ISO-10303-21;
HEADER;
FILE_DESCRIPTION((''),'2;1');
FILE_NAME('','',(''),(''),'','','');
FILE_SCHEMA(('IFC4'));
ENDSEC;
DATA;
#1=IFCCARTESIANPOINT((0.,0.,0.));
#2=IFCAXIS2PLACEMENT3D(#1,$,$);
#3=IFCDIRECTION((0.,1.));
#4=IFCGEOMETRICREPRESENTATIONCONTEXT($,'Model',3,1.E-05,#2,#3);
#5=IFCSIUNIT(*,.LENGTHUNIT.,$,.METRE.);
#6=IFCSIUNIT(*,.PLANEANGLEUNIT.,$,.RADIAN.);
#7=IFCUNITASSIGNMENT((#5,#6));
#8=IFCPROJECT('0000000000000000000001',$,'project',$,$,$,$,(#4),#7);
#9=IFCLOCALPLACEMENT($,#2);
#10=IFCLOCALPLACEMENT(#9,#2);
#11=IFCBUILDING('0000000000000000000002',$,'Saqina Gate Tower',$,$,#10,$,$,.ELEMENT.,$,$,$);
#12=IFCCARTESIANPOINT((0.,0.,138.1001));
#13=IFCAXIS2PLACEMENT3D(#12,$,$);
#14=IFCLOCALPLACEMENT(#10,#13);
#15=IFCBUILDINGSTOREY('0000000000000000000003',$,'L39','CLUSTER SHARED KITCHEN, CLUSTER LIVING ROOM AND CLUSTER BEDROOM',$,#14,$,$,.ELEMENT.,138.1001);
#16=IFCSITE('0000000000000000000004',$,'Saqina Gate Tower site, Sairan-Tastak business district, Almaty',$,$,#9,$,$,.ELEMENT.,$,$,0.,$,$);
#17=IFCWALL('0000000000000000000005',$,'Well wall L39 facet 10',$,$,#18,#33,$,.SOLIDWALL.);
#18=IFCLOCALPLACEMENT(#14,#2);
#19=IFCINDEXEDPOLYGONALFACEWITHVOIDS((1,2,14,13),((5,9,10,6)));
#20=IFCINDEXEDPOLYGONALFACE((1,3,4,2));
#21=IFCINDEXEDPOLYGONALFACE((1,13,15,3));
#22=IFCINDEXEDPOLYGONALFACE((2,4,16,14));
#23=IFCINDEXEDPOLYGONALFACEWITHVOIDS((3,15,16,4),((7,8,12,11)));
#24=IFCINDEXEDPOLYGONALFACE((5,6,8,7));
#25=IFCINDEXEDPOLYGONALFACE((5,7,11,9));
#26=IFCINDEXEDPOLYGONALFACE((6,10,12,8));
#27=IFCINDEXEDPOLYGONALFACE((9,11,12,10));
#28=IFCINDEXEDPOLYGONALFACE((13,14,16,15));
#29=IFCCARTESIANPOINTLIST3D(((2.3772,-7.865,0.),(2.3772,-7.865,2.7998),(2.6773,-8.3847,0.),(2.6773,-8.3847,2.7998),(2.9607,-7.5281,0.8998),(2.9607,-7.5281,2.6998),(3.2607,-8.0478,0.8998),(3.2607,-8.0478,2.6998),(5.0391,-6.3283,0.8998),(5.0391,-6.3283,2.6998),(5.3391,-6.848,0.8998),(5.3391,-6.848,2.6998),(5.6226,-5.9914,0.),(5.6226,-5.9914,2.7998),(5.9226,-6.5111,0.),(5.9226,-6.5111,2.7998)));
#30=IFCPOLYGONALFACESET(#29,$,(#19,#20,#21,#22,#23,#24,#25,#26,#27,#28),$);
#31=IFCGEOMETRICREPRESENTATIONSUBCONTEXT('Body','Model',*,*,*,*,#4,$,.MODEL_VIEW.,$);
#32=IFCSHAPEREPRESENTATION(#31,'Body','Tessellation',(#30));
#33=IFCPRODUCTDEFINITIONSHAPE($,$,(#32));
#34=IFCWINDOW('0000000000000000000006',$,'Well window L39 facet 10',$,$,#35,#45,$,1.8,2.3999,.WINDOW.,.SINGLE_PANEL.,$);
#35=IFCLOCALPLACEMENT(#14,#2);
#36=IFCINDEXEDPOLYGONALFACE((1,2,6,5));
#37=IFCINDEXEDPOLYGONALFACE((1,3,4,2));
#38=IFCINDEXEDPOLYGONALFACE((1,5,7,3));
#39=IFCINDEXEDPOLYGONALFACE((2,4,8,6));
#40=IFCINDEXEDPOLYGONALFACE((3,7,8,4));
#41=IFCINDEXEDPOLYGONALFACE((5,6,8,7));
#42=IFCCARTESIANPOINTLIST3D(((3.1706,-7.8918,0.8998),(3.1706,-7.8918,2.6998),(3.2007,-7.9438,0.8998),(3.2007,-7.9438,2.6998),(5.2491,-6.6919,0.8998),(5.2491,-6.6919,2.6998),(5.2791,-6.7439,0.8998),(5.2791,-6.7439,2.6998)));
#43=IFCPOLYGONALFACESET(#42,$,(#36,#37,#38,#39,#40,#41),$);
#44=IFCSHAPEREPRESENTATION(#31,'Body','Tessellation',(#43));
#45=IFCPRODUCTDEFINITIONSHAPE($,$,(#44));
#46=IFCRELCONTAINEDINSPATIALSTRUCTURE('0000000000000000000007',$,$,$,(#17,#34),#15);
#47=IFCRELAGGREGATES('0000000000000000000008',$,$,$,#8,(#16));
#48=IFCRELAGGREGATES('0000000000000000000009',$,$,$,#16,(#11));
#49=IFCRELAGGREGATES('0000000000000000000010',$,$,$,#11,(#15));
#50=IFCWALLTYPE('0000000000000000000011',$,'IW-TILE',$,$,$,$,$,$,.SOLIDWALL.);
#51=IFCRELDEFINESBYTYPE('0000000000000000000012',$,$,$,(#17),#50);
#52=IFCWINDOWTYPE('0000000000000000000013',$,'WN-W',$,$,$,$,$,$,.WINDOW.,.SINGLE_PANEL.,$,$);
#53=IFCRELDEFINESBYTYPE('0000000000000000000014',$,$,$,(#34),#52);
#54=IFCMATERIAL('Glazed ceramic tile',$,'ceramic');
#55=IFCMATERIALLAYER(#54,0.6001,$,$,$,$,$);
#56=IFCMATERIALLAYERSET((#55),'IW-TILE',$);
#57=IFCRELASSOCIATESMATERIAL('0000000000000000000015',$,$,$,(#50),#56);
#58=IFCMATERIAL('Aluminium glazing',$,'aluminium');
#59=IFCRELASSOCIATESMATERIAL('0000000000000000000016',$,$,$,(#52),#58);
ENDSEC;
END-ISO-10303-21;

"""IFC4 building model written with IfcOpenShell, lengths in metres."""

from ifc_helpers import new_model, si_unit, direction, frame, frame_2d, origin, place, context, subcontext, project, spatial, rectangle, extrude, material, layer, layer_set, type_object, element, fill, save


model = new_model("IFC4")

# Units and contexts
model_context = context("Model", 3, precision=1e-05, world=origin(), true_north=direction((0.0, 1.0)))
body_context = subcontext(model_context, "Body", "Model", "MODEL_VIEW")
ifc_project = project(units=[si_unit("LENGTHUNIT", "METRE"), si_unit("PLANEANGLEUNIT", "RADIAN")], contexts=[model_context])

# Site, building, storey
site_placement = place(None, origin())
site = spatial("IfcSite", under=ifc_project, at=site_placement, Name="Saqina Gate Tower site, Sairan-Tastak business district, Almaty", CompositionType="ELEMENT", RefElevation=0.0)
building_placement = place(site_placement, origin())
building = spatial("IfcBuilding", under=site, at=building_placement, Name="Saqina Gate Tower", CompositionType="ELEMENT")
storey_placement = place(building_placement, frame((0.0, 0.0, 138.1001)))
storey = spatial("IfcBuildingStorey", under=building, at=storey_placement, Name="L39", Description="CLUSTER SHARED KITCHEN, CLUSTER LIVING ROOM AND CLUSTER BEDROOM", CompositionType="ELEMENT", Elevation=138.1001)

# Wall, opening, window
ifc_material_1 = material(Name="Glazed ceramic tile", Category="ceramic")
ifc_layer_1 = layer(ifc_material_1, 0.6001)
ifc_layer_set_1 = layer_set([ifc_layer_1], Name="IW-TILE")
wall_type_1 = type_object("IfcWallType", Name="IW-TILE", PredefinedType="SOLIDWALL", material=ifc_layer_set_1)
wall_1_placement = place(storey_placement, frame((2.5273, -8.1248, 0.0), z_axis=(0.0, 0.0, 1.0), x_axis=(0.866046, 0.499965, 0.0)))
wall_1 = element("IfcWall", 1, at=wall_1_placement, inside=storey, type_object=wall_type_1, Name="Well wall L39 facet 10", PredefinedType="SOLIDWALL", context=body_context, shape_type="SweptSolid", body=[
    extrude(rectangle(XDim=3.7473, YDim=0.6001, at=frame_2d((1.8735, 0.0))), origin(), (0.0, 0.0, 1.0), 2.7998),
])
opening_placement = place(wall_1_placement, frame((0.6736, 0.0, 0.8999)))
opening = element("IfcOpeningElement", 2, at=opening_placement, cuts=wall_1, PredefinedType="OPENING", context=body_context, shape_type="SweptSolid", body=[
    extrude(rectangle(XDim=2.3999, YDim=1.8, at=frame_2d((1.2, 0.8999))), frame((0.0, 0.312, 0.0), z_axis=(0.0, -1.0, 0.0), x_axis=(1.0, 0.0, 0.0)), (0.0, 0.0, 1.0), 0.624),
])
ifc_material_2 = material(Name="Aluminium glazing", Category="aluminium")
window_type = type_object("IfcWindowType", Name="WN-W", PartitioningType="SINGLE_PANEL", PredefinedType="WINDOW", material=ifc_material_2)
window_placement = place(opening_placement, origin())
window = element("IfcWindow", 3, at=window_placement, inside=storey, type_object=window_type, Name="Well window L39 facet 10", OverallHeight=1.8, OverallWidth=2.3999, PartitioningType="SINGLE_PANEL", PredefinedType="WINDOW", context=body_context, shape_type="SweptSolid", body=[
    extrude(rectangle(XDim=2.3999, YDim=1.8, at=frame_2d((1.2, 0.8999))), frame((0.0, -0.1199, 0.0), z_axis=(0.0, -1.0, 0.0), x_axis=(1.0, 0.0, 0.0)), (0.0, 0.0, 1.0), 0.0601),
])
fill(opening, window)

save(model, "model.ifc")
